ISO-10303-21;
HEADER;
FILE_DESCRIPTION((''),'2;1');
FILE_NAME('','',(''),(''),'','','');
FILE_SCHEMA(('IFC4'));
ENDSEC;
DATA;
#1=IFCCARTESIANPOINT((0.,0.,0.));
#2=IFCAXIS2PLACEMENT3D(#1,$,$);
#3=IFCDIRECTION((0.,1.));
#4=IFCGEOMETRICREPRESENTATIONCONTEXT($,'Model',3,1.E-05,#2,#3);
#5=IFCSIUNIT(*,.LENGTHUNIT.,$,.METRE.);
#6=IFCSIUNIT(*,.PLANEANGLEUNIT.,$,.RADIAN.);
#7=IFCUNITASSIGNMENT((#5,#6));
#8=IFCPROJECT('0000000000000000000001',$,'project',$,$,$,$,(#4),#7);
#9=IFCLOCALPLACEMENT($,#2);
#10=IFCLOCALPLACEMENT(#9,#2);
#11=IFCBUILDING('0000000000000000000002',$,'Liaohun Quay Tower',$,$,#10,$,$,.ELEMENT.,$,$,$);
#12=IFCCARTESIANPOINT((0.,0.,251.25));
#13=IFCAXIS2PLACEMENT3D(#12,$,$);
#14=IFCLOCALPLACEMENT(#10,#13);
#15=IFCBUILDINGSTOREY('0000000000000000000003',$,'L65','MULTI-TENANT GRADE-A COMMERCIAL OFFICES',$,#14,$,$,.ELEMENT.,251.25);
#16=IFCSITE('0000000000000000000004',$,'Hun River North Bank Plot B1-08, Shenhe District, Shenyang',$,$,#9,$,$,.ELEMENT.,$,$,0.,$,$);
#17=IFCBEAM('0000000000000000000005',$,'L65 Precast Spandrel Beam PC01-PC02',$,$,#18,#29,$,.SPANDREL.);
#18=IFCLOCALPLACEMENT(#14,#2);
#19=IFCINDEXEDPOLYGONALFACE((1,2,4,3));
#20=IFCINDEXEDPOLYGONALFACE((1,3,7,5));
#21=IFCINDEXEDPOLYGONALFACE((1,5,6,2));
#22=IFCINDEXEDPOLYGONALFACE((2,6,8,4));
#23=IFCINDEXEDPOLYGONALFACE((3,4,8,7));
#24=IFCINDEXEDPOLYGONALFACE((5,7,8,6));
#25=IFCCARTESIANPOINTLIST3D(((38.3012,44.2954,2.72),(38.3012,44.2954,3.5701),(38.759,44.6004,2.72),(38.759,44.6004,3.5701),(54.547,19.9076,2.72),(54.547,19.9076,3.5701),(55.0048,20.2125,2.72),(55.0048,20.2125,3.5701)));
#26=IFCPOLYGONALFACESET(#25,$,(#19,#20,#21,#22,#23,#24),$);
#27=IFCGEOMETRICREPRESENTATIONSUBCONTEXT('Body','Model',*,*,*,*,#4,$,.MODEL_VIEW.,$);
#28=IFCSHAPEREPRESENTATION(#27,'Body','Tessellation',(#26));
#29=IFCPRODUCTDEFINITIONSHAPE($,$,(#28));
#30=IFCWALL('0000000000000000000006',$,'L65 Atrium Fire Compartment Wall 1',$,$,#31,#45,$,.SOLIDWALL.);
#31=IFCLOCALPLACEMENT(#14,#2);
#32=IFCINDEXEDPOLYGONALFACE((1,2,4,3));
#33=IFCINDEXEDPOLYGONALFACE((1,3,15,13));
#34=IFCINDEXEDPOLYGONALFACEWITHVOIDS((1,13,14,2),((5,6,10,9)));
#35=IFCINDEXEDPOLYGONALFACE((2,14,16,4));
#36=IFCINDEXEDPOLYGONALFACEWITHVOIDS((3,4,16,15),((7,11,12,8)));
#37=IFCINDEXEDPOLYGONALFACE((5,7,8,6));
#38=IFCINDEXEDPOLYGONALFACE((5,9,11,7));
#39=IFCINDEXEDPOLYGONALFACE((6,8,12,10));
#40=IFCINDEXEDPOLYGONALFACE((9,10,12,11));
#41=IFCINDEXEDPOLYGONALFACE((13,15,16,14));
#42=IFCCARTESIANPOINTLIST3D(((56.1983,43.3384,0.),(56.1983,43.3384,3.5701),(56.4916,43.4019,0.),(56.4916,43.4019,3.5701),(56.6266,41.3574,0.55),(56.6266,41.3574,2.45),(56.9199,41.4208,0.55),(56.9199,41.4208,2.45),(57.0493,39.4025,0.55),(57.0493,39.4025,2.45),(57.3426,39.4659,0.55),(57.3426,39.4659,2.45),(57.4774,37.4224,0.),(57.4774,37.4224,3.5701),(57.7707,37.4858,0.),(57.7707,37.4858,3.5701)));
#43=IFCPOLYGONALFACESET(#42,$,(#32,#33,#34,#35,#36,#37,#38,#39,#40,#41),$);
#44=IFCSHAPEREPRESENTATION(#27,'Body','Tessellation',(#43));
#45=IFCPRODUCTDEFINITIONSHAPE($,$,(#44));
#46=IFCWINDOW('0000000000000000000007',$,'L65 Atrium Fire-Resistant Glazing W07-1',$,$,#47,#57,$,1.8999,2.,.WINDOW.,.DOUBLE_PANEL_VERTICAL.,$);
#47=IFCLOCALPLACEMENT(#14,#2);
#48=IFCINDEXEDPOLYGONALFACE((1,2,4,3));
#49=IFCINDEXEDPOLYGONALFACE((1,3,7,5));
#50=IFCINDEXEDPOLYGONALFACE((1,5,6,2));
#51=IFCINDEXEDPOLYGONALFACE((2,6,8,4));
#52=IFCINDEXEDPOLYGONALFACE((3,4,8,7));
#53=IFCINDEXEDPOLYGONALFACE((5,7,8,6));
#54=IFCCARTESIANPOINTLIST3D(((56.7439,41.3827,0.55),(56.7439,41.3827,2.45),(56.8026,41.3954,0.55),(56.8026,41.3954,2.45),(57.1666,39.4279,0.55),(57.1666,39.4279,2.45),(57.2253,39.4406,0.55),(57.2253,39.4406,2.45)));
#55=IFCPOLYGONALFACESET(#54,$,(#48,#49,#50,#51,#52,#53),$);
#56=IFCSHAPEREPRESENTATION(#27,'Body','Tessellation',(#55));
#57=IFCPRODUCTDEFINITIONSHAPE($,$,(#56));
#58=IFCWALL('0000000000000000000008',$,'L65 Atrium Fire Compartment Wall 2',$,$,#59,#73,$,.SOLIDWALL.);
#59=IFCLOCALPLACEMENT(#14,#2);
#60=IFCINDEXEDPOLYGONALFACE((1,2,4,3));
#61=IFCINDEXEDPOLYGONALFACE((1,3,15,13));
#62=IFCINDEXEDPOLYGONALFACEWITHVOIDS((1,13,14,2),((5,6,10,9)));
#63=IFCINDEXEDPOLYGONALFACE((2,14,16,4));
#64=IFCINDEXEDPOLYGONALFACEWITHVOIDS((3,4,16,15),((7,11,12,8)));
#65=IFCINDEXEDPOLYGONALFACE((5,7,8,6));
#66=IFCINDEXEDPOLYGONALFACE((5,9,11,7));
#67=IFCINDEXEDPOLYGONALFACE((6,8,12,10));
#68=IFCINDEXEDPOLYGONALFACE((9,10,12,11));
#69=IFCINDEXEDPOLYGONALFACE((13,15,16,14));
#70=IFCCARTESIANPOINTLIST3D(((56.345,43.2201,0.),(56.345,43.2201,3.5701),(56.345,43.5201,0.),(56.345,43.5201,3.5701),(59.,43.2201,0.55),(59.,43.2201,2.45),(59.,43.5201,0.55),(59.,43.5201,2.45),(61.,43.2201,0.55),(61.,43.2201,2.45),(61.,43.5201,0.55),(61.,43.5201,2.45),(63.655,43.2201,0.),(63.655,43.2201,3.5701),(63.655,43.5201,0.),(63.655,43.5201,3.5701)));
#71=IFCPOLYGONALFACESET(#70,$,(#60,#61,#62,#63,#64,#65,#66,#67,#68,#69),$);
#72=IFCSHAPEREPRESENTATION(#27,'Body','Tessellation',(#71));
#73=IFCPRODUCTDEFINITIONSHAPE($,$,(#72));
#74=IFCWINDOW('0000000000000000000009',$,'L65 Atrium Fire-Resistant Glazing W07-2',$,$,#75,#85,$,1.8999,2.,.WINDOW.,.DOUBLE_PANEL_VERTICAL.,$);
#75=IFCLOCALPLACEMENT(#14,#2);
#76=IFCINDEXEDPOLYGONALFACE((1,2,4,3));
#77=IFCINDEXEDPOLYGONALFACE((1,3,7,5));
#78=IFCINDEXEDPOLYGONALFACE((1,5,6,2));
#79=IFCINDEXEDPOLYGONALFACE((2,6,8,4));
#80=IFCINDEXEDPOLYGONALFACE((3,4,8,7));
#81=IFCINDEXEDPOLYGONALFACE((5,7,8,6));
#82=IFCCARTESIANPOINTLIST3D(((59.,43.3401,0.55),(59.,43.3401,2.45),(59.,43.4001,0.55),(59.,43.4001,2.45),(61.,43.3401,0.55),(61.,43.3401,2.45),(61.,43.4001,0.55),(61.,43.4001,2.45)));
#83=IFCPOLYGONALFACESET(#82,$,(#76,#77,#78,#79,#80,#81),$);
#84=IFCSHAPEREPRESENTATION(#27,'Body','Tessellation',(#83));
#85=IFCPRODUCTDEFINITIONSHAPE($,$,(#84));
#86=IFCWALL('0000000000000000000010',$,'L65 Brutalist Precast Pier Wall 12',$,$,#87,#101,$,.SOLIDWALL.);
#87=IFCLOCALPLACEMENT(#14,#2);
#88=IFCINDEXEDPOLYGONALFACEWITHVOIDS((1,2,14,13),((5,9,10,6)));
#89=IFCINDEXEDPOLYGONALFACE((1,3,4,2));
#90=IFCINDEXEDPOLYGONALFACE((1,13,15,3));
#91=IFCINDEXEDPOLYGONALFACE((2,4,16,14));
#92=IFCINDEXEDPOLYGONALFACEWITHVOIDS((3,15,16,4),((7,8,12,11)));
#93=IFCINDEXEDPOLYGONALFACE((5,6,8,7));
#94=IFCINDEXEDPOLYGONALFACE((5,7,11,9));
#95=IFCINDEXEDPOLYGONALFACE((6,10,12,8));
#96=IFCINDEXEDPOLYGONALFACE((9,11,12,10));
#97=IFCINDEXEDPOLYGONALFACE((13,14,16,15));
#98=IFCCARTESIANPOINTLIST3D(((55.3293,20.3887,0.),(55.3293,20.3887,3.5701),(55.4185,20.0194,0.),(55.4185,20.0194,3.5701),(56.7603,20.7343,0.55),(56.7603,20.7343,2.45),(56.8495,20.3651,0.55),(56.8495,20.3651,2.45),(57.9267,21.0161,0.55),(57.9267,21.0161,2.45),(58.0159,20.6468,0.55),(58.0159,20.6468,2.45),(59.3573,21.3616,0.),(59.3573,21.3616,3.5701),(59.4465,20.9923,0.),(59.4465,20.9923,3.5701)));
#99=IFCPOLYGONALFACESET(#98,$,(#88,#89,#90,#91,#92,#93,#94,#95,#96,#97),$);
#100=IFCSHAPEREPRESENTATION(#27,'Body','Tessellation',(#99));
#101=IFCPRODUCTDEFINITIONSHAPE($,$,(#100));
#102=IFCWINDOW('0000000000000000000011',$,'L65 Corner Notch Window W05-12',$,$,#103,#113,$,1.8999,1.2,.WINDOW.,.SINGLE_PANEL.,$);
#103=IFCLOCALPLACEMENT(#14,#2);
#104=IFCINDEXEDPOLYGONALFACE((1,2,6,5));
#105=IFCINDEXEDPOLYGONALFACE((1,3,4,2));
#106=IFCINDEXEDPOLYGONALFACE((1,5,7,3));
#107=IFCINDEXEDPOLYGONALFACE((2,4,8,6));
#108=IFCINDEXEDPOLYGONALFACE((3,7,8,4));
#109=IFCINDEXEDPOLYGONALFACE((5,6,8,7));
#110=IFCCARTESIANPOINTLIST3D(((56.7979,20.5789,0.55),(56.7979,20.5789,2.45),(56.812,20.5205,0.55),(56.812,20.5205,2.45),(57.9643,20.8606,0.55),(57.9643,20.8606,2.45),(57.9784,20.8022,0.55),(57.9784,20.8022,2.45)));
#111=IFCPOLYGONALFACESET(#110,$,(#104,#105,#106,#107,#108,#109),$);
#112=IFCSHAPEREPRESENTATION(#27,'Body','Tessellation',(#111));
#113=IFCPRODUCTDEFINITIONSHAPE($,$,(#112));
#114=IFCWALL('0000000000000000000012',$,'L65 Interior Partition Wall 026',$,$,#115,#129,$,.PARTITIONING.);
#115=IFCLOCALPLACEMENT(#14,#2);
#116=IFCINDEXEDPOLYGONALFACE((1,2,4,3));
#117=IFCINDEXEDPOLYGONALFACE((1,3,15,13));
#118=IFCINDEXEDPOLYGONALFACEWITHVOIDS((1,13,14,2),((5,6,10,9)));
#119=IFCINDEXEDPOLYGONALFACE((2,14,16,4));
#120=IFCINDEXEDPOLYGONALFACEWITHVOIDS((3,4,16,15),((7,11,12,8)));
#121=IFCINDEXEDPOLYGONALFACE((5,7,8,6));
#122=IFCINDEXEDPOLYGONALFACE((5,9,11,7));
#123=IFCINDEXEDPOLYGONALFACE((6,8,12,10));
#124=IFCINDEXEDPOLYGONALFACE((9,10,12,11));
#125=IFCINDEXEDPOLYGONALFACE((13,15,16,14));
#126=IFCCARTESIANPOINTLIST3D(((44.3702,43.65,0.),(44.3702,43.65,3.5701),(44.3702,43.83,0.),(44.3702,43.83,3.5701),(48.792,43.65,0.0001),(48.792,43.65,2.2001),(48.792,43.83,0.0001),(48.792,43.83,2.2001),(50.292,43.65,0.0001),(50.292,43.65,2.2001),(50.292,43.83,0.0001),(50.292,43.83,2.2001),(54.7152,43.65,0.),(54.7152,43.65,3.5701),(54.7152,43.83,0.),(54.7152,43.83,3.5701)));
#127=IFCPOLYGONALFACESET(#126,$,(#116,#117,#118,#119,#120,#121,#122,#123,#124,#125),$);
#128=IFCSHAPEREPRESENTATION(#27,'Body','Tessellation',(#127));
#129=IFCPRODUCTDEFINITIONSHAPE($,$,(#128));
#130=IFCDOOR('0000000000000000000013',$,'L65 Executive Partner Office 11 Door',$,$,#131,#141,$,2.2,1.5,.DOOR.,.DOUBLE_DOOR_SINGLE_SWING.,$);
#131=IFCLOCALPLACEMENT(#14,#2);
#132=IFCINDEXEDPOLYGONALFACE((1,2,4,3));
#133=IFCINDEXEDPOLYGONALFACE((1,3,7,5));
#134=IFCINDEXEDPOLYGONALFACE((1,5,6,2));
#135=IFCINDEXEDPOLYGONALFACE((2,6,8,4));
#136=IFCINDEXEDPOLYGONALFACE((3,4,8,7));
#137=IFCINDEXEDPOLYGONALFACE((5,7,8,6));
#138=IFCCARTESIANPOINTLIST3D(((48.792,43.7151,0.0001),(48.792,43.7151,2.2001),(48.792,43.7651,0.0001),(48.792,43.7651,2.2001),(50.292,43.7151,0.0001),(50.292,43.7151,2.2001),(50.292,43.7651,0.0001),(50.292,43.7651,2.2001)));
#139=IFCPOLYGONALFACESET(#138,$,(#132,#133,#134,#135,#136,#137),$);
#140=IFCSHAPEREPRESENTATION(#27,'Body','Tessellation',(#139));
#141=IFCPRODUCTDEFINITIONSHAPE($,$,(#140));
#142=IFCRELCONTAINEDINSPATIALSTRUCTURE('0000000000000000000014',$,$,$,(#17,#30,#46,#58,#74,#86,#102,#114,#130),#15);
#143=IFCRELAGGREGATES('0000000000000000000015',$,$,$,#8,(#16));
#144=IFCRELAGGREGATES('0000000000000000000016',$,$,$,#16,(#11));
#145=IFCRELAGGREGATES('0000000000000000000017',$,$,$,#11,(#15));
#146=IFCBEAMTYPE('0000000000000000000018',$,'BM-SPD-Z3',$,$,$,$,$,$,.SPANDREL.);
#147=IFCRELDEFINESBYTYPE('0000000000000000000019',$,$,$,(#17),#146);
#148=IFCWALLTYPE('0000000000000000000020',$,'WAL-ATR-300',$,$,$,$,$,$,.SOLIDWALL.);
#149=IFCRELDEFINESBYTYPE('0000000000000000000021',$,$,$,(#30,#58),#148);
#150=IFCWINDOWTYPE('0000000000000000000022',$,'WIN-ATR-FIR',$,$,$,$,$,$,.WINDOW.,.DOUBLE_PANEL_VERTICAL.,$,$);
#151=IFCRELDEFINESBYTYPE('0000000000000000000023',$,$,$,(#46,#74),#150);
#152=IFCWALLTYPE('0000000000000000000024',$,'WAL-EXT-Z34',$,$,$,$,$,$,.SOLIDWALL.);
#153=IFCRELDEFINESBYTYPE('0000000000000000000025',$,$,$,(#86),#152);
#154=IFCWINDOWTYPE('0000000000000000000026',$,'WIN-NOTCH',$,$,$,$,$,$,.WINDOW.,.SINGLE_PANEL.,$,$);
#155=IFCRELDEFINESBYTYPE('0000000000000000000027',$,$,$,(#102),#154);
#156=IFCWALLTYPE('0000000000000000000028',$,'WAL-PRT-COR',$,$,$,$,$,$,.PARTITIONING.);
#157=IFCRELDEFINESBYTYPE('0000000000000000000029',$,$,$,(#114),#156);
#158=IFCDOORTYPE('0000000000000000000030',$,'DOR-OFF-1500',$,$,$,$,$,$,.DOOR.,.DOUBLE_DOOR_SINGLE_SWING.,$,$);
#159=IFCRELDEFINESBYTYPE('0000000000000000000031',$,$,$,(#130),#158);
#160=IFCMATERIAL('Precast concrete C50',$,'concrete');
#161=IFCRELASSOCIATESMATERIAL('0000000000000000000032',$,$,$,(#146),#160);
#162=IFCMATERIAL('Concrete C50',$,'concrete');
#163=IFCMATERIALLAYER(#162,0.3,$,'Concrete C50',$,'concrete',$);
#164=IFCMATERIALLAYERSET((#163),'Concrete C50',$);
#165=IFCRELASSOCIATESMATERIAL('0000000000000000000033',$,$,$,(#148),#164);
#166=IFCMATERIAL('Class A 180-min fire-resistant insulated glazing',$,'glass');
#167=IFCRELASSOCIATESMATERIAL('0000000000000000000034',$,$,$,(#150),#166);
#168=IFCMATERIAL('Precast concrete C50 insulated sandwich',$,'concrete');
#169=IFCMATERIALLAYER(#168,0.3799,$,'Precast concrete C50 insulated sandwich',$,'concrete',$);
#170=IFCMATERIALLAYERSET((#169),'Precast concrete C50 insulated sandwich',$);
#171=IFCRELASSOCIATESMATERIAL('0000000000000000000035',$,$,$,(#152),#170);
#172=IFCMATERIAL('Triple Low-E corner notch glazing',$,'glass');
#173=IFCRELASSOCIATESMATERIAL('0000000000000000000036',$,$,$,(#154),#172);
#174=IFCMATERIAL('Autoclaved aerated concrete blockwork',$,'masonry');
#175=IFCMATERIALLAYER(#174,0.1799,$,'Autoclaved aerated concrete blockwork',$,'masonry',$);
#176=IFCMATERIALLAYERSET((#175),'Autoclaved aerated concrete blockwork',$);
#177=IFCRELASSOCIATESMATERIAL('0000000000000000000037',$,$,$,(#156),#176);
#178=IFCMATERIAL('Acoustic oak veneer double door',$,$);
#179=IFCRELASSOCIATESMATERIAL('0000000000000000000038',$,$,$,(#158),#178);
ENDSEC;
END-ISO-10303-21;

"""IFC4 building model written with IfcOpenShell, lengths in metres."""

from ifc_helpers import new_model, si_unit, direction, frame, frame_2d, origin, origin_2d, place, context, subcontext, project, spatial, rectangle, extrude, source, transform, mapped, material, layer, layer_set, material_profile, profile_set, type_object, element, fill, save


model = new_model("IFC4")

# Units and contexts
model_context = context("Model", 3, precision=1e-05, world=origin(), true_north=direction((0.0, 1.0)))
body_context = subcontext(model_context, "Body", "Model", "MODEL_VIEW")
ifc_project = project(units=[si_unit("LENGTHUNIT", "METRE"), si_unit("PLANEANGLEUNIT", "RADIAN")], contexts=[model_context])

# Site, building, storey
site_placement = place(None, origin())
site = spatial("IfcSite", under=ifc_project, at=site_placement, Name="Hun River North Bank Plot B1-08, Shenhe District, Shenyang", CompositionType="ELEMENT", RefElevation=0.0)
building_placement = place(site_placement, origin())
building = spatial("IfcBuilding", under=site, at=building_placement, Name="Liaohun Quay Tower", CompositionType="ELEMENT")
storey_placement = place(building_placement, frame((0.0, 0.0, 251.25)))
storey = spatial("IfcBuildingStorey", under=building, at=storey_placement, Name="L65", Description="MULTI-TENANT GRADE-A COMMERCIAL OFFICES", CompositionType="ELEMENT", Elevation=251.25)

# Beam
ifc_material_1 = material(Name="Precast concrete C50", Category="concrete")
ifc_material_profile_1 = material_profile(ifc_material_1, rectangle(XDim=0.55, YDim=0.8501, at=origin_2d()), Name="RC550x850")
ifc_profile_set_1 = profile_set([ifc_material_profile_1], Name="Precast concrete C50")
beam_type_1 = type_object("IfcBeamType", Name="BM-SPD-Z3", PredefinedType="SPANDREL", material=ifc_profile_set_1)
shared_shape_1 = source(origin(), body_context, "Body", "SweptSolid", [
    extrude(rectangle(XDim=0.55, YDim=0.8501, at=origin_2d()), origin(), (0.0, 0.0, 1.0), 29.3035),
])
beam_1_placement = place(storey_placement, frame((54.7759, 20.0601, 3.145), z_axis=(-0.554398, 0.832251, 0.0), x_axis=(-0.832251, -0.554398, 0.0)))
element("IfcBeam", 1, at=beam_1_placement, inside=storey, type_object=beam_type_1, Name="L65 Precast Spandrel Beam PC01-PC02", PredefinedType="SPANDREL", context=body_context, shape_type="MappedRepresentation", body=[
    mapped(shared_shape_1, transform((0.0, 0.0, 0.0), x_axis=(1.0, 0.0, 0.0), y_axis=(0.0, 1.0, 0.0), z_axis=(0.0, 0.0, 1.0), scale=1.0)),
])

# Walls, openings, windows
ifc_material_2 = material(Name="Concrete C50", Category="concrete")
ifc_layer_1 = layer(ifc_material_2, 0.3, Name="Concrete C50", Category="concrete")
ifc_layer_set_1 = layer_set([ifc_layer_1], Name="Concrete C50")
wall_type_1 = type_object("IfcWallType", Name="WAL-ATR-300", PredefinedType="SOLIDWALL", material=ifc_layer_set_1)
wall_1_placement = place(storey_placement, frame((57.624, 37.4541, 0.0), z_axis=(0.0, 0.0, 1.0), x_axis=(-0.211319, 0.977417, 0.0)))
wall_1 = element("IfcWall", 2, at=wall_1_placement, inside=storey, type_object=wall_type_1, Name="L65 Atrium Fire Compartment Wall 1", PredefinedType="SOLIDWALL", context=body_context, shape_type="SweptSolid", body=[
    extrude(rectangle(XDim=6.0527, YDim=0.3, at=frame_2d((3.0264, 0.0))), origin(), (0.0, 0.0, 1.0), 3.5701),
])
shared_shape_2 = source(origin(), body_context, "Body", "SweptSolid", [
    extrude(rectangle(XDim=2.0, YDim=1.8999, at=frame_2d((1.0, 0.95))), frame((0.0, 0.1599, 0.0), z_axis=(0.0, -1.0, 0.0), x_axis=(1.0, 0.0, 0.0)), (0.0, 0.0, 1.0), 0.3201),
])
opening_1_placement = place(wall_1_placement, frame((2.0259, 0.0, 0.55)))
opening_1 = element("IfcOpeningElement", 3, at=opening_1_placement, cuts=wall_1, PredefinedType="OPENING", context=body_context, shape_type="MappedRepresentation", body=[
    mapped(shared_shape_2, transform((0.0, 0.0, 0.0), x_axis=(1.0, 0.0, 0.0), y_axis=(0.0, 1.0, 0.0), z_axis=(0.0, 0.0, 1.0), scale=1.0)),
])
ifc_material_3 = material(Name="Class A 180-min fire-resistant insulated glazing", Category="glass")
window_type_1 = type_object("IfcWindowType", Name="WIN-ATR-FIR", PartitioningType="DOUBLE_PANEL_VERTICAL", PredefinedType="WINDOW", material=ifc_material_3)
shared_shape_3 = source(origin(), body_context, "Body", "SweptSolid", [
    extrude(rectangle(XDim=2.0, YDim=1.8999, at=frame_2d((1.0, 0.95))), frame((0.0, 0.03, 0.0), z_axis=(0.0, -1.0, 0.0), x_axis=(1.0, 0.0, 0.0)), (0.0, 0.0, 1.0), 0.0601),
])
window_1_placement = place(opening_1_placement, origin())
window_1 = element("IfcWindow", 4, at=window_1_placement, inside=storey, type_object=window_type_1, Name="L65 Atrium Fire-Resistant Glazing W07-1", OverallHeight=1.8999, OverallWidth=2.0, PartitioningType="DOUBLE_PANEL_VERTICAL", PredefinedType="WINDOW", context=body_context, shape_type="MappedRepresentation", body=[
    mapped(shared_shape_3, transform((0.0, 0.0, 0.0), x_axis=(1.0, 0.0, 0.0), y_axis=(0.0, 1.0, 0.0), z_axis=(0.0, 0.0, 1.0), scale=1.0)),
])
fill(opening_1, window_1)
wall_2_placement = place(storey_placement, frame((56.345, 43.3701, 0.0), z_axis=(0.0, 0.0, 1.0), x_axis=(1.0, 0.0, 0.0)))
wall_2 = element("IfcWall", 5, at=wall_2_placement, inside=storey, type_object=wall_type_1, Name="L65 Atrium Fire Compartment Wall 2", PredefinedType="SOLIDWALL", context=body_context, shape_type="SweptSolid", body=[
    extrude(rectangle(XDim=7.3101, YDim=0.3, at=frame_2d((3.655, 0.0))), origin(), (0.0, 0.0, 1.0), 3.5701),
])
opening_2_placement = place(wall_2_placement, frame((2.655, 0.0, 0.55)))
opening_2 = element("IfcOpeningElement", 6, at=opening_2_placement, cuts=wall_2, PredefinedType="OPENING", context=body_context, shape_type="MappedRepresentation", body=[
    mapped(shared_shape_2, transform((0.0, 0.0, 0.0), x_axis=(1.0, 0.0, 0.0), y_axis=(0.0, 1.0, 0.0), z_axis=(0.0, 0.0, 1.0), scale=1.0)),
])
window_2_placement = place(opening_2_placement, origin())
window_2 = element("IfcWindow", 7, at=window_2_placement, inside=storey, type_object=window_type_1, Name="L65 Atrium Fire-Resistant Glazing W07-2", OverallHeight=1.8999, OverallWidth=2.0, PartitioningType="DOUBLE_PANEL_VERTICAL", PredefinedType="WINDOW", context=body_context, shape_type="MappedRepresentation", body=[
    mapped(shared_shape_3, transform((0.0, 0.0, 0.0), x_axis=(1.0, 0.0, 0.0), y_axis=(0.0, 1.0, 0.0), z_axis=(0.0, 0.0, 1.0), scale=1.0)),
])
fill(opening_2, window_2)
ifc_material_4 = material(Name="Precast concrete C50 insulated sandwich", Category="concrete")
ifc_layer_2 = layer(ifc_material_4, 0.3799, Name="Precast concrete C50 insulated sandwich", Category="concrete")
ifc_layer_set_2 = layer_set([ifc_layer_2], Name="Precast concrete C50 insulated sandwich")
wall_type_2 = type_object("IfcWallType", Name="WAL-EXT-Z34", PredefinedType="SOLIDWALL", material=ifc_layer_set_2)
wall_3_placement = place(storey_placement, frame((55.374, 20.2041, 0.0), z_axis=(0.0, 0.0, 1.0), x_axis=(0.972049, 0.234779, 0.0)))
wall_3 = element("IfcWall", 8, at=wall_3_placement, inside=storey, type_object=wall_type_2, Name="L65 Brutalist Precast Pier Wall 12", PredefinedType="SOLIDWALL", context=body_context, shape_type="SweptSolid", body=[
    extrude(rectangle(XDim=4.1438, YDim=0.3799, at=frame_2d((2.0718, 0.0))), origin(), (0.0, 0.0, 1.0), 3.5701),
])
shared_shape_4 = source(origin(), body_context, "Body", "SweptSolid", [
    extrude(rectangle(XDim=1.2, YDim=1.8999, at=frame_2d((0.6001, 0.95))), frame((0.0, 0.2, 0.0), z_axis=(0.0, -1.0, 0.0), x_axis=(1.0, 0.0, 0.0)), (0.0, 0.0, 1.0), 0.3999),
])
opening_3_placement = place(wall_3_placement, frame((1.4719, 0.0, 0.55)))
opening_3 = element("IfcOpeningElement", 9, at=opening_3_placement, cuts=wall_3, PredefinedType="OPENING", context=body_context, shape_type="MappedRepresentation", body=[
    mapped(shared_shape_4, transform((0.0, 0.0, 0.0), x_axis=(1.0, 0.0, 0.0), y_axis=(0.0, 1.0, 0.0), z_axis=(0.0, 0.0, 1.0), scale=1.0)),
])
ifc_material_5 = material(Name="Triple Low-E corner notch glazing", Category="glass")
window_type_2 = type_object("IfcWindowType", Name="WIN-NOTCH", PartitioningType="SINGLE_PANEL", PredefinedType="WINDOW", material=ifc_material_5)
shared_shape_5 = source(origin(), body_context, "Body", "SweptSolid", [
    extrude(rectangle(XDim=1.2, YDim=1.8999, at=frame_2d((0.6001, 0.95))), frame((0.0, 0.03, 0.0), z_axis=(0.0, -1.0, 0.0), x_axis=(1.0, 0.0, 0.0)), (0.0, 0.0, 1.0), 0.0601),
])
window_3_placement = place(opening_3_placement, origin())
window_3 = element("IfcWindow", 10, at=window_3_placement, inside=storey, type_object=window_type_2, Name="L65 Corner Notch Window W05-12", OverallHeight=1.8999, OverallWidth=1.2, PartitioningType="SINGLE_PANEL", PredefinedType="WINDOW", context=body_context, shape_type="MappedRepresentation", body=[
    mapped(shared_shape_5, transform((0.0, 0.0, 0.0), x_axis=(1.0, 0.0, 0.0), y_axis=(0.0, 1.0, 0.0), z_axis=(0.0, 0.0, 1.0), scale=1.0)),
])
fill(opening_3, window_3)

# Wall, opening, door
ifc_material_6 = material(Name="Autoclaved aerated concrete blockwork", Category="masonry")
ifc_layer_3 = layer(ifc_material_6, 0.1799, Name="Autoclaved aerated concrete blockwork", Category="masonry")
ifc_layer_set_3 = layer_set([ifc_layer_3], Name="Autoclaved aerated concrete blockwork")
wall_type_3 = type_object("IfcWallType", Name="WAL-PRT-COR", PredefinedType="PARTITIONING", material=ifc_layer_set_3)
wall_4_placement = place(storey_placement, frame((54.7151, 43.74, 0.0), z_axis=(0.0, 0.0, 1.0), x_axis=(-1.0, 0.0, 0.0)))
wall_4 = element("IfcWall", 11, at=wall_4_placement, inside=storey, type_object=wall_type_3, Name="L65 Interior Partition Wall 026", PredefinedType="PARTITIONING", context=body_context, shape_type="SweptSolid", body=[
    extrude(rectangle(XDim=10.345, YDim=0.1799, at=frame_2d((5.1724, 0.0))), origin(), (0.0, 0.0, 1.0), 3.5701),
])
shared_shape_6 = source(origin(), body_context, "Body", "SweptSolid", [
    extrude(rectangle(XDim=1.5, YDim=2.2, at=frame_2d((0.75, 1.1001))), frame((0.0, 0.0999, 0.0), z_axis=(0.0, -1.0, 0.0), x_axis=(1.0, 0.0, 0.0)), (0.0, 0.0, 1.0), 0.2),
])
opening_4_placement = place(wall_4_placement, frame((4.4231, 0.0, 0.0)))
opening_4 = element("IfcOpeningElement", 12, at=opening_4_placement, cuts=wall_4, PredefinedType="OPENING", context=body_context, shape_type="MappedRepresentation", body=[
    mapped(shared_shape_6, transform((0.0, 0.0, 0.0), x_axis=(1.0, 0.0, 0.0), y_axis=(0.0, 1.0, 0.0), z_axis=(0.0, 0.0, 1.0), scale=1.0)),
])
ifc_material_7 = material(Name="Acoustic oak veneer double door")
door_type = type_object("IfcDoorType", Name="DOR-OFF-1500", OperationType="DOUBLE_DOOR_SINGLE_SWING", PredefinedType="DOOR", material=ifc_material_7)
shared_shape_7 = source(origin(), body_context, "Body", "SweptSolid", [
    extrude(rectangle(XDim=1.5, YDim=2.2, at=frame_2d((0.75, 1.1001))), frame((0.0, 0.0249, 0.0), z_axis=(0.0, -1.0, 0.0), x_axis=(1.0, 0.0, 0.0)), (0.0, 0.0, 1.0), 0.05),
])
door_placement = place(opening_4_placement, origin())
door = element("IfcDoor", 13, at=door_placement, inside=storey, type_object=door_type, Name="L65 Executive Partner Office 11 Door", OperationType="DOUBLE_DOOR_SINGLE_SWING", OverallHeight=2.2, OverallWidth=1.5, PredefinedType="DOOR", context=body_context, shape_type="MappedRepresentation", body=[
    mapped(shared_shape_7, transform((0.0, 0.0, 0.0), x_axis=(1.0, 0.0, 0.0), y_axis=(0.0, 1.0, 0.0), z_axis=(0.0, 0.0, 1.0), scale=1.0)),
])
fill(opening_4, door)

save(model, "model.ifc")
